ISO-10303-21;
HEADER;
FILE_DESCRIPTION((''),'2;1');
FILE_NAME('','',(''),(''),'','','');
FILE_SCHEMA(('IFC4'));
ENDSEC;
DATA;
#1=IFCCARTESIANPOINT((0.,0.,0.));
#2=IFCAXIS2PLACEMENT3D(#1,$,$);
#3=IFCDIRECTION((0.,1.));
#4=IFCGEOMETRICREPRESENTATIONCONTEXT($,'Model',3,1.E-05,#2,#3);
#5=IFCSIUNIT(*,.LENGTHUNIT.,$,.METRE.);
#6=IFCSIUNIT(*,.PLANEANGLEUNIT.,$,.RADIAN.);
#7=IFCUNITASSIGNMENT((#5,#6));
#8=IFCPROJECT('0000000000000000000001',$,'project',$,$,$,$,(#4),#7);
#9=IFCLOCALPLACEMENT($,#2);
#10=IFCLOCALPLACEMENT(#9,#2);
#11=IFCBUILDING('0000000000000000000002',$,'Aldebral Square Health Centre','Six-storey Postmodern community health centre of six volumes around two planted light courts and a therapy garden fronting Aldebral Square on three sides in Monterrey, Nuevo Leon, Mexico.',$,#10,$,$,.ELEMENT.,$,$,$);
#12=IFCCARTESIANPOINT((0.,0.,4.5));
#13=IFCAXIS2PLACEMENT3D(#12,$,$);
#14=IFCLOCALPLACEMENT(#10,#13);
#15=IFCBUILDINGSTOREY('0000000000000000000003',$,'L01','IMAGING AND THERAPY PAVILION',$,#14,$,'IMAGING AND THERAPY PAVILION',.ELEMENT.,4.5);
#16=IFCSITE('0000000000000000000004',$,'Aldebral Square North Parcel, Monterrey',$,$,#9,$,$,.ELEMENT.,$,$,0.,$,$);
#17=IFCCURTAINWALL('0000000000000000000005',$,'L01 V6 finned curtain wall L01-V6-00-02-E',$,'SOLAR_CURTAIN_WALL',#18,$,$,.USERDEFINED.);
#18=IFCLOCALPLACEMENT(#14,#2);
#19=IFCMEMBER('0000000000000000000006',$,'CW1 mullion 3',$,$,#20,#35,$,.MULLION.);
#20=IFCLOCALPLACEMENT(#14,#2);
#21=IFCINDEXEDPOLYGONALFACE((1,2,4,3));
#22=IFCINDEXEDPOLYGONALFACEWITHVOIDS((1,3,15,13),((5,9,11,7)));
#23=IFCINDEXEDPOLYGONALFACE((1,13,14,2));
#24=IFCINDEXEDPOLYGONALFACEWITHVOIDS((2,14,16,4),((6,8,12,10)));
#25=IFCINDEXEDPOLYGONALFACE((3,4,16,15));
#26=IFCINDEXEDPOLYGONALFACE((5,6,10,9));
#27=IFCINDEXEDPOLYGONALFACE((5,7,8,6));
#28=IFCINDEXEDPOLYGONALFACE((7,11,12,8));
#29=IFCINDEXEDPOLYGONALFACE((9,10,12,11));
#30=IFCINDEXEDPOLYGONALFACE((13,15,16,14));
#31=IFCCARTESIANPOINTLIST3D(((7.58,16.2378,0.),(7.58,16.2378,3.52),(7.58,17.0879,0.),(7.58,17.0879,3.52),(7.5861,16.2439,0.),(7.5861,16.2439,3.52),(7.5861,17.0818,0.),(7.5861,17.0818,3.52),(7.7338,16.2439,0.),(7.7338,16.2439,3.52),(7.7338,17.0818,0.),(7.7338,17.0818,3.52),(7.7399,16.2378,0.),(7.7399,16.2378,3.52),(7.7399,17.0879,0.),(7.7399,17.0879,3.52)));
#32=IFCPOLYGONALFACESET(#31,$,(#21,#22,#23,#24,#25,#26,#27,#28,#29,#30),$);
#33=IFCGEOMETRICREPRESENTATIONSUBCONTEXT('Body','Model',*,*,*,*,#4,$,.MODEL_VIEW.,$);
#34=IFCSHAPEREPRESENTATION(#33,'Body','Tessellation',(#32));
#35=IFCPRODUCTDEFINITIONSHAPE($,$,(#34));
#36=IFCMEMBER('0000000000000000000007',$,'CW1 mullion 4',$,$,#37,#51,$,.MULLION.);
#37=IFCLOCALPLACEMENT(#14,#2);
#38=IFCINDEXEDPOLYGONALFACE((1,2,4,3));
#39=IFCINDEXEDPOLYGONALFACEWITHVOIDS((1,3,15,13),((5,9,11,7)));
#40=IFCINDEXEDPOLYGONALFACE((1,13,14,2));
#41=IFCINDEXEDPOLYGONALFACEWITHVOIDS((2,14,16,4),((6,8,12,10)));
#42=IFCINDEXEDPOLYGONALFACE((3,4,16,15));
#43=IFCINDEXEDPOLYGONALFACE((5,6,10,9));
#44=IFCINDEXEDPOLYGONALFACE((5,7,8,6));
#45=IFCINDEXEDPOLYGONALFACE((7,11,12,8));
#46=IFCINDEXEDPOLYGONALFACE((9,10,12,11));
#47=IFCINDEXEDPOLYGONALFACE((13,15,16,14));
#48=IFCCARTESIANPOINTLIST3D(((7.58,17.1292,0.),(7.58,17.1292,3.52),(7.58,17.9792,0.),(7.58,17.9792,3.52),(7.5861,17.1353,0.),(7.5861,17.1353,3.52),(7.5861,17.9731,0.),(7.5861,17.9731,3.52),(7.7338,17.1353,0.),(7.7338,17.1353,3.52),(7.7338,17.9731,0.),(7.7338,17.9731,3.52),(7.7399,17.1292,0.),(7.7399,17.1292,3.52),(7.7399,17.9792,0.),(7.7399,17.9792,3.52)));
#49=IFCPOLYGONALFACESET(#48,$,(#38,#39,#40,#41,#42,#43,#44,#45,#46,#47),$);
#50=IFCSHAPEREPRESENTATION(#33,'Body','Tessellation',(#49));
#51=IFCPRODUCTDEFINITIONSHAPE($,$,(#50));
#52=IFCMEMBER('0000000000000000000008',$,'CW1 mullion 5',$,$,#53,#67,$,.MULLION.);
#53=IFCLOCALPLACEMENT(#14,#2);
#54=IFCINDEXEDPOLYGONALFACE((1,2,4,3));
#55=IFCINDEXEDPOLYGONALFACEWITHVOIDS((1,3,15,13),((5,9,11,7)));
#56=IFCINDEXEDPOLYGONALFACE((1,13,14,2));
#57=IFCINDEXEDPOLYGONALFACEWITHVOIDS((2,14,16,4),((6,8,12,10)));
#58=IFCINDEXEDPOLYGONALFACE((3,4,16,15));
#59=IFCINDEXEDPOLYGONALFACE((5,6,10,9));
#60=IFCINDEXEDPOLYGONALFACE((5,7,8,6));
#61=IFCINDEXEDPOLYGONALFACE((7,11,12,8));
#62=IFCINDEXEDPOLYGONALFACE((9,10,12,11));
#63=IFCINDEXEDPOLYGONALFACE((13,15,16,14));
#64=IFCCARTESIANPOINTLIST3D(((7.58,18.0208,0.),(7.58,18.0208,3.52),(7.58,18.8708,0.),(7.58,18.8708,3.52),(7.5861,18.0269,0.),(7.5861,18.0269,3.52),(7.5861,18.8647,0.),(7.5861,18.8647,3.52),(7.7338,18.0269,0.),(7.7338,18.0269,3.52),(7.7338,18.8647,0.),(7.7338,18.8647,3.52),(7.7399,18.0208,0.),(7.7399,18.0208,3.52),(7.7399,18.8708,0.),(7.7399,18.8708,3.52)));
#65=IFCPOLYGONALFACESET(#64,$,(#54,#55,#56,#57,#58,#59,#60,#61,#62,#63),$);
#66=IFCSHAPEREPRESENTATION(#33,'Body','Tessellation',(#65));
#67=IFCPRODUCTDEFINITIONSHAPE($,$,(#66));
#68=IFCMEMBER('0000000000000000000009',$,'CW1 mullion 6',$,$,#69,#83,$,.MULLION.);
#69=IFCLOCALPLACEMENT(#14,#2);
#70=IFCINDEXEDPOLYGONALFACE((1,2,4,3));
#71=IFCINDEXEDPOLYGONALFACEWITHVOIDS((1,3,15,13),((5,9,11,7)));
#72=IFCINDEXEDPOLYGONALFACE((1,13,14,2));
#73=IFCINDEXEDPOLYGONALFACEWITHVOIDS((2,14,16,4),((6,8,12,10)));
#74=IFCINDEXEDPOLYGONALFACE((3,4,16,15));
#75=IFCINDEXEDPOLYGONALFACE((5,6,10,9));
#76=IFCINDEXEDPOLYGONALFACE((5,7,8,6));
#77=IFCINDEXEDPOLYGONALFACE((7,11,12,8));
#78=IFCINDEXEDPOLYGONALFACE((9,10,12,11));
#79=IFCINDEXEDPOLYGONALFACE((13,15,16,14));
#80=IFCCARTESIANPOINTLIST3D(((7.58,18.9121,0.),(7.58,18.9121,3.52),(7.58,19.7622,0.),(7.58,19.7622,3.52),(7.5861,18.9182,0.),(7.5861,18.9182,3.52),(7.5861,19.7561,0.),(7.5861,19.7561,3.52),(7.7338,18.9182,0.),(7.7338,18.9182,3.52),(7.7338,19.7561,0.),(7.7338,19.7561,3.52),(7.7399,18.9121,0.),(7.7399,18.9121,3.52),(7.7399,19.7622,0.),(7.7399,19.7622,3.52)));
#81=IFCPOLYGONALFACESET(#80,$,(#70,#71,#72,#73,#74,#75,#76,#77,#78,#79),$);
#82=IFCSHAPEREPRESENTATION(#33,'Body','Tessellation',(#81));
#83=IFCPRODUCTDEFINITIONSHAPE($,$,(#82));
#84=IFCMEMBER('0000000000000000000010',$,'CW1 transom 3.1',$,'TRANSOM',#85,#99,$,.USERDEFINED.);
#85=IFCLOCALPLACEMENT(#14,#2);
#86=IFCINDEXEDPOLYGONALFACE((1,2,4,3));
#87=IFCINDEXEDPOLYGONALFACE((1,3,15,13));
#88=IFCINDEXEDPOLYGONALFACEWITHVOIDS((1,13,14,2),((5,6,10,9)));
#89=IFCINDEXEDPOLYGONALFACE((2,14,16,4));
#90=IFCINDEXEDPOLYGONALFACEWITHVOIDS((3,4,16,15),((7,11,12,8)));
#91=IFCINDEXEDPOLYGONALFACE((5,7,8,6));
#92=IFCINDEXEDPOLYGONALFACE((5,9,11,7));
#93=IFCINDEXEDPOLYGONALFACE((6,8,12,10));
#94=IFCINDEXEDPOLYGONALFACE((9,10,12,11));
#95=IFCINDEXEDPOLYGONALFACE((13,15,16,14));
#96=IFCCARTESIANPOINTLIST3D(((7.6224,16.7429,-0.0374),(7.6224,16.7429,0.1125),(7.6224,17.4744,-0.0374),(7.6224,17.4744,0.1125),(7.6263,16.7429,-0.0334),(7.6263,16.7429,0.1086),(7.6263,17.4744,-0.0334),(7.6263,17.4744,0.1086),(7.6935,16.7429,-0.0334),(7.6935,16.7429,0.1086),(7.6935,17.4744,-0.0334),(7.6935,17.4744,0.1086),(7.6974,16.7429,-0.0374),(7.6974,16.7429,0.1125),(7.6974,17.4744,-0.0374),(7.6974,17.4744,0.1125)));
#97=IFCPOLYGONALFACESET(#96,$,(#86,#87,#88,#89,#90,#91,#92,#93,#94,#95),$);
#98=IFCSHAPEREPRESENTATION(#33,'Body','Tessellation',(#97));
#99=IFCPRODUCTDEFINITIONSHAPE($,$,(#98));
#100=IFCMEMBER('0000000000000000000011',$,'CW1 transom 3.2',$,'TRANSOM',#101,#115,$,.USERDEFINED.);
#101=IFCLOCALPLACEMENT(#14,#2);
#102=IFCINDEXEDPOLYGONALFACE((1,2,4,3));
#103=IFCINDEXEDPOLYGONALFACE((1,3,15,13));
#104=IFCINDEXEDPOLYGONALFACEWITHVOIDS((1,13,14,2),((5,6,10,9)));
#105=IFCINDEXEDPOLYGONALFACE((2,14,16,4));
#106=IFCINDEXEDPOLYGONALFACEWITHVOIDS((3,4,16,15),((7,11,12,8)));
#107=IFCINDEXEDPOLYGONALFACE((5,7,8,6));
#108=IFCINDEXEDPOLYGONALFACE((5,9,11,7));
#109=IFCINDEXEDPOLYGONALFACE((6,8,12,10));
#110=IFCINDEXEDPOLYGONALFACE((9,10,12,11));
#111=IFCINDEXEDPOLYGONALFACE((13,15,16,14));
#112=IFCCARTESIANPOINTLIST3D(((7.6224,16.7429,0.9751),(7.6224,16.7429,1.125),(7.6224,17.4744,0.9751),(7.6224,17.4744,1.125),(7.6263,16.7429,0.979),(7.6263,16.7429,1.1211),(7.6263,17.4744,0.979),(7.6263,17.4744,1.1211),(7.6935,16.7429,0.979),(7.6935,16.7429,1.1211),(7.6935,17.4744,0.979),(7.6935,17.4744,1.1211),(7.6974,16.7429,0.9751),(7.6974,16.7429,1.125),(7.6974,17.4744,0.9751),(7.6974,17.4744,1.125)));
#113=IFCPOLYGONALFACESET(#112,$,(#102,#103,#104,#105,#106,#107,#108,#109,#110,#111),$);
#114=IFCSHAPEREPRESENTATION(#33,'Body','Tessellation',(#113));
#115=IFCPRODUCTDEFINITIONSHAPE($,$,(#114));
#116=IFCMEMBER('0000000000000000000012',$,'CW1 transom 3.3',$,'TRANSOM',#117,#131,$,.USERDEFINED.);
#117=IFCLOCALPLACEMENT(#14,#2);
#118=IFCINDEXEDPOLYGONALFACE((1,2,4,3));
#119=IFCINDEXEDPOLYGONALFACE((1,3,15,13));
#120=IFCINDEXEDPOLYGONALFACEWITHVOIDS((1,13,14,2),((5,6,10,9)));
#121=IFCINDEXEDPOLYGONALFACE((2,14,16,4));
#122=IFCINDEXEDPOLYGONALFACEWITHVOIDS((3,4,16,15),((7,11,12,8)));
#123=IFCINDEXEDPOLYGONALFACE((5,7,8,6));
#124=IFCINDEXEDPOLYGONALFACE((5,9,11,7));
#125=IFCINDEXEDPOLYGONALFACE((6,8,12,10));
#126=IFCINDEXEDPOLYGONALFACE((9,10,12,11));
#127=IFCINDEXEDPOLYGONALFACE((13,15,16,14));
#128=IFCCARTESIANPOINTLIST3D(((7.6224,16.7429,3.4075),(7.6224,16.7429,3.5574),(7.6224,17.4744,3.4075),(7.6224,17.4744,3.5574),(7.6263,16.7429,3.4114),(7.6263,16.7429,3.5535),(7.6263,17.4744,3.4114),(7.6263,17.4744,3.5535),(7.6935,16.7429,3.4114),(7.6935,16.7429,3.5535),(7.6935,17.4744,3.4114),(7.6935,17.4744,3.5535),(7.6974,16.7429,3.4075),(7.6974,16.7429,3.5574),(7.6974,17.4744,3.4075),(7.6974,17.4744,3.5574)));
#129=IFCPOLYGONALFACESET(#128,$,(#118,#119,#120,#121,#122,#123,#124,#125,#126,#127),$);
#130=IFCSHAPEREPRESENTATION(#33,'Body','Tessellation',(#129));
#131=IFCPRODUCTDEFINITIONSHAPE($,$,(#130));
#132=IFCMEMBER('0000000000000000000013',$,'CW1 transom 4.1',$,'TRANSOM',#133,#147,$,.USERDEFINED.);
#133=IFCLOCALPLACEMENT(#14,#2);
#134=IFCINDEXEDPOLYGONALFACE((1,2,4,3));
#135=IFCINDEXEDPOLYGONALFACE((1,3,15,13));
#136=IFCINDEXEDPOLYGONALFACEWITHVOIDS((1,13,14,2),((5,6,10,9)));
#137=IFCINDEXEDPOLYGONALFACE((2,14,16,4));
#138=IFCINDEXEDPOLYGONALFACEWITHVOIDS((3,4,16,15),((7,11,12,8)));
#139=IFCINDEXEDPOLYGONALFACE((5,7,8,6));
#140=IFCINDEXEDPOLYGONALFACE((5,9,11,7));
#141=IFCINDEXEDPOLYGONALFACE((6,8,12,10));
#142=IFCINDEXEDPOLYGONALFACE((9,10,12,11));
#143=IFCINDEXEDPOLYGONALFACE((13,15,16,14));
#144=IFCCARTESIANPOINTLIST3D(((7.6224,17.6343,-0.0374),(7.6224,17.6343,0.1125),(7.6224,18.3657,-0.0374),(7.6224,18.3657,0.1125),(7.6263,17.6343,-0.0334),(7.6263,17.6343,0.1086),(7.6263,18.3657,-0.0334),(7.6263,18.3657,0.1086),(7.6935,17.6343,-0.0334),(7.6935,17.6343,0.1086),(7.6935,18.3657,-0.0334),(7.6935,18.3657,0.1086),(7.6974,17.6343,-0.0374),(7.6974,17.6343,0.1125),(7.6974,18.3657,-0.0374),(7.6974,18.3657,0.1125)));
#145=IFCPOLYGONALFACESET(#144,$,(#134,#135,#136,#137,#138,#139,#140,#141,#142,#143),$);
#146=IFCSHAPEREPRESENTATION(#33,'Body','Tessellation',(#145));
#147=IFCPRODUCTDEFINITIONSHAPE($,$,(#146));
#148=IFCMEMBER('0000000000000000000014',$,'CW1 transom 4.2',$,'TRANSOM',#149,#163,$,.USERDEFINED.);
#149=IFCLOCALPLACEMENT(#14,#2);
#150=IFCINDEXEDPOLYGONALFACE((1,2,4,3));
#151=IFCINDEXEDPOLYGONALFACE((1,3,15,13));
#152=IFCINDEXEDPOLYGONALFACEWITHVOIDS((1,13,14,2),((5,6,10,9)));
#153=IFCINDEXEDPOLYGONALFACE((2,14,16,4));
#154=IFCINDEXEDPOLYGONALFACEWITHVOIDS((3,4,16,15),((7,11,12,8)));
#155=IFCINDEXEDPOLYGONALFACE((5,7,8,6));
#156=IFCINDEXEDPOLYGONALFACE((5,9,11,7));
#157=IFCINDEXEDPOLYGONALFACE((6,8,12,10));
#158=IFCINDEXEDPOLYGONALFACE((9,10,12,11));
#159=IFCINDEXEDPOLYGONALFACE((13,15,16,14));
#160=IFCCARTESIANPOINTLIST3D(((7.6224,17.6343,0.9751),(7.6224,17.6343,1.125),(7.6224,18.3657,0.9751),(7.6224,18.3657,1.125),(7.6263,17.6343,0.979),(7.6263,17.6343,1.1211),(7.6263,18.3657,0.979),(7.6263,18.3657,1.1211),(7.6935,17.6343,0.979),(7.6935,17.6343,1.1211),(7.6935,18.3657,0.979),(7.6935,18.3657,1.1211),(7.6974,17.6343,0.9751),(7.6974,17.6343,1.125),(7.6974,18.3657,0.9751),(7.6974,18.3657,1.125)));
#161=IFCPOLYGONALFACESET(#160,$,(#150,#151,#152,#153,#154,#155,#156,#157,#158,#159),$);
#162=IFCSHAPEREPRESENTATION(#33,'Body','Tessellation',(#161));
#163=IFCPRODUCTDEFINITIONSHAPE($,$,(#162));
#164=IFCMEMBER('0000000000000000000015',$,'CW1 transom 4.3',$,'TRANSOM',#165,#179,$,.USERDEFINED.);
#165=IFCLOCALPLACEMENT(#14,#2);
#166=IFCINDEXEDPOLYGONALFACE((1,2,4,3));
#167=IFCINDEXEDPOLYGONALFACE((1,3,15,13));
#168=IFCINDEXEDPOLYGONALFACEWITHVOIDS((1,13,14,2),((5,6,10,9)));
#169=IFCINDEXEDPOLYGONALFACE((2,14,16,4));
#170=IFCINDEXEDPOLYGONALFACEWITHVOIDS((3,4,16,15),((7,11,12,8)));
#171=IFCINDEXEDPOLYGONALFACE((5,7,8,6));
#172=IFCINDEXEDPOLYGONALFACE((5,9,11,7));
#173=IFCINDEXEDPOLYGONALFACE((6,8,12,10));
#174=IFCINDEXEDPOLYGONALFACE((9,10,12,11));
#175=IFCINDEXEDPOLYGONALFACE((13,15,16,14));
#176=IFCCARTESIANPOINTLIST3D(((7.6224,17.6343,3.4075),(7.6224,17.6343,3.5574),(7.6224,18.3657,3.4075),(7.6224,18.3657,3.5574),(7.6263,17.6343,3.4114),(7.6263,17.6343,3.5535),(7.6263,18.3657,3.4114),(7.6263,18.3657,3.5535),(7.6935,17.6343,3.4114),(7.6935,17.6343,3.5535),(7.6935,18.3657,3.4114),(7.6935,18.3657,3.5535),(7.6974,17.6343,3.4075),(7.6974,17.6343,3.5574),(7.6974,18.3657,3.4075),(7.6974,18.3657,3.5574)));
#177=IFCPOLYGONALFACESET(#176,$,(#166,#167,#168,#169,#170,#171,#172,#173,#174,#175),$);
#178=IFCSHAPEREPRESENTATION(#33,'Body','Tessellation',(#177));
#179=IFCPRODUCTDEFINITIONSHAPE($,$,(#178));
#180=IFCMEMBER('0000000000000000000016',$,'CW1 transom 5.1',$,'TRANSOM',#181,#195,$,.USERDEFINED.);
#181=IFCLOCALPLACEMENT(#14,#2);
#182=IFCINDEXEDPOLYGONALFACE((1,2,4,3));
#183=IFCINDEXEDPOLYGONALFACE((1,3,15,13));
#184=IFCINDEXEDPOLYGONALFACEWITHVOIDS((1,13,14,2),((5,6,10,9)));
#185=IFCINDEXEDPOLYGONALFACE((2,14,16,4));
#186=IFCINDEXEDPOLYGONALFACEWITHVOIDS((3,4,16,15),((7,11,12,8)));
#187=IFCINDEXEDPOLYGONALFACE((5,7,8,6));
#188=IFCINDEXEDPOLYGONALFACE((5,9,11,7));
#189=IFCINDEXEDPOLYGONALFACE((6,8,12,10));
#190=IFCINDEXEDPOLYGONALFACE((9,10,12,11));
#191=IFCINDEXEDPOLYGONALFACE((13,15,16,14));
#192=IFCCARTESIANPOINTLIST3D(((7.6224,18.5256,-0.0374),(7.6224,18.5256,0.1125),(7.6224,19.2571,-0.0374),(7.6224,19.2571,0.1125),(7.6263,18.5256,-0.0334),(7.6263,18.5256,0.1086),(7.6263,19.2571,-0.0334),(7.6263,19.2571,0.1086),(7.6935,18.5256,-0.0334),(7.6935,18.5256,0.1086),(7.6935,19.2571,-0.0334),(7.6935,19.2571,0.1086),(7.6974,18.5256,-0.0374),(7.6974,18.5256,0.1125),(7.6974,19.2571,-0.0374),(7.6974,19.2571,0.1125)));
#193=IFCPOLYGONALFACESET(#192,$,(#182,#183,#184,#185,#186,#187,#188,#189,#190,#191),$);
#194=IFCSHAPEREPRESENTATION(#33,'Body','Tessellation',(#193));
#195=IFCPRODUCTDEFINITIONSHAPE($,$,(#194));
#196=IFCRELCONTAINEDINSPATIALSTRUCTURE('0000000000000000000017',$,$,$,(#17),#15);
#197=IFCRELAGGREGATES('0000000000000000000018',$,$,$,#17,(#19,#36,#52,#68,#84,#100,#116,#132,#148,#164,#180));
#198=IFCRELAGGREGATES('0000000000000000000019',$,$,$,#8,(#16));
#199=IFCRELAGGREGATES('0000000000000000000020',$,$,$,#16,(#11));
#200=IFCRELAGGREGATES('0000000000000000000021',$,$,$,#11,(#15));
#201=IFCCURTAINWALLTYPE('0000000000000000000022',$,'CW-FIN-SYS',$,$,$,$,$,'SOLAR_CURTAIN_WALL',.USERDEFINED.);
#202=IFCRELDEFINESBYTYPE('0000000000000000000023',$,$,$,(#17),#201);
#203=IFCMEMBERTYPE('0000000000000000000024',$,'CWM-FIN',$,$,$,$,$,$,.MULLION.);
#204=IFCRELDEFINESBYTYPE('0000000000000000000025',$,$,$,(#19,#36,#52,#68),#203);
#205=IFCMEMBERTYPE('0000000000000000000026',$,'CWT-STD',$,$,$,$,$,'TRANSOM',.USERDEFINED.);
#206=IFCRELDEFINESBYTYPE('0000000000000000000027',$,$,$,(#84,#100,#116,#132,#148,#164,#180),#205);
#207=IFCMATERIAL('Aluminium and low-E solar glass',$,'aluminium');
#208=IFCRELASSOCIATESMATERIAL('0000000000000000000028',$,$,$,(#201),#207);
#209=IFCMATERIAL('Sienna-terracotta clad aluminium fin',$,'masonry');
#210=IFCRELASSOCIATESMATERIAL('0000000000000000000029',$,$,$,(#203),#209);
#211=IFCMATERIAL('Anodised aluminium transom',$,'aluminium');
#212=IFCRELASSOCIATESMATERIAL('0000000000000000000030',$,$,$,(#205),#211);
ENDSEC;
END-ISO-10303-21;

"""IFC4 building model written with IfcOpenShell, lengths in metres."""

from ifc_helpers import new_model, si_unit, direction, frame, origin, origin_2d, place, context, subcontext, project, spatial, hollow_rectangle, extrude, material, material_profile, profile_set, type_object, element, aggregate, save


model = new_model("IFC4")

# Units and contexts
model_context = context("Model", 3, precision=1e-05, world=origin(), true_north=direction((0.0, 1.0)))
body_context = subcontext(model_context, "Body", "Model", "MODEL_VIEW")
ifc_project = project(units=[si_unit("LENGTHUNIT", "METRE"), si_unit("PLANEANGLEUNIT", "RADIAN")], contexts=[model_context])

# Site, building, storey
site_placement = place(None, origin())
site = spatial("IfcSite", under=ifc_project, at=site_placement, Name="Aldebral Square North Parcel, Monterrey", CompositionType="ELEMENT", RefElevation=0.0)
building_placement = place(site_placement, origin())
building = spatial("IfcBuilding", under=site, at=building_placement, Name="Aldebral Square Health Centre", Description="Six-storey Postmodern community health centre of six volumes around two planted light courts and a therapy garden fronting Aldebral Square on three sides in Monterrey, Nuevo Leon, Mexico.", CompositionType="ELEMENT")
storey_placement = place(building_placement, frame((0.0, 0.0, 4.5)))
storey = spatial("IfcBuildingStorey", under=building, at=storey_placement, Name="L01", Description="IMAGING AND THERAPY PAVILION", LongName="IMAGING AND THERAPY PAVILION", CompositionType="ELEMENT", Elevation=4.5)

# Curtain wall, members
ifc_material_1 = material(Name="Aluminium and low-E solar glass", Category="aluminium")
curtain_wall_type = type_object("IfcCurtainWallType", Name="CW-FIN-SYS", ElementType="SOLAR_CURTAIN_WALL", PredefinedType="USERDEFINED", material=ifc_material_1)
curtain_wall_placement = place(storey_placement, origin())
curtain_wall = element("IfcCurtainWall", 1, at=curtain_wall_placement, inside=storey, type_object=curtain_wall_type, Name="L01 V6 finned curtain wall L01-V6-00-02-E", ObjectType="SOLAR_CURTAIN_WALL", PredefinedType="USERDEFINED")
ifc_material_2 = material(Name="Sienna-terracotta clad aluminium fin", Category="masonry")
ifc_material_profile_1 = material_profile(ifc_material_2, hollow_rectangle(XDim=0.1599, YDim=0.8501, WallThickness=0.0061, at=origin_2d()), Name="FIN 160x850x6")
ifc_profile_set_1 = profile_set([ifc_material_profile_1], Name="Sienna-terracotta clad aluminium fin")
member_type_1 = type_object("IfcMemberType", Name="CWM-FIN", PredefinedType="MULLION", material=ifc_profile_set_1)
member_1_placement = place(storey_placement, frame((7.6599, 16.6628, 0.0), z_axis=(0.0, 0.0, 1.0), x_axis=(-1.0, 0.0, 0.0)))
member_1 = element("IfcMember", 2, at=member_1_placement, type_object=member_type_1, Name="CW1 mullion 3", PredefinedType="MULLION", context=body_context, shape_type="SweptSolid", body=[
    extrude(hollow_rectangle(XDim=0.1599, YDim=0.8501, WallThickness=0.0061, at=origin_2d()), origin(), (0.0, 0.0, 1.0), 3.52),
])
member_2_placement = place(storey_placement, frame((7.6599, 17.5542, 0.0), z_axis=(0.0, 0.0, 1.0), x_axis=(-1.0, 0.0, 0.0)))
member_2 = element("IfcMember", 3, at=member_2_placement, type_object=member_type_1, Name="CW1 mullion 4", PredefinedType="MULLION", context=body_context, shape_type="SweptSolid", body=[
    extrude(hollow_rectangle(XDim=0.1599, YDim=0.8501, WallThickness=0.0061, at=origin_2d()), origin(), (0.0, 0.0, 1.0), 3.52),
])
member_3_placement = place(storey_placement, frame((7.6599, 18.4458, 0.0), z_axis=(0.0, 0.0, 1.0), x_axis=(-1.0, 0.0, 0.0)))
member_3 = element("IfcMember", 4, at=member_3_placement, type_object=member_type_1, Name="CW1 mullion 5", PredefinedType="MULLION", context=body_context, shape_type="SweptSolid", body=[
    extrude(hollow_rectangle(XDim=0.1599, YDim=0.8501, WallThickness=0.0061, at=origin_2d()), origin(), (0.0, 0.0, 1.0), 3.52),
])
member_4_placement = place(storey_placement, frame((7.6599, 19.3372, 0.0), z_axis=(0.0, 0.0, 1.0), x_axis=(-1.0, 0.0, 0.0)))
member_4 = element("IfcMember", 5, at=member_4_placement, type_object=member_type_1, Name="CW1 mullion 6", PredefinedType="MULLION", context=body_context, shape_type="SweptSolid", body=[
    extrude(hollow_rectangle(XDim=0.1599, YDim=0.8501, WallThickness=0.0061, at=origin_2d()), origin(), (0.0, 0.0, 1.0), 3.52),
])
ifc_material_3 = material(Name="Anodised aluminium transom", Category="aluminium")
ifc_material_profile_2 = material_profile(ifc_material_3, hollow_rectangle(XDim=0.075, YDim=0.1499, WallThickness=0.0039, at=origin_2d()), Name="CWT 75x150x4")
ifc_profile_set_2 = profile_set([ifc_material_profile_2], Name="Anodised aluminium transom")
member_type_2 = type_object("IfcMemberType", Name="CWT-STD", ElementType="TRANSOM", PredefinedType="USERDEFINED", material=ifc_profile_set_2)
member_5_placement = place(storey_placement, frame((7.6599, 16.7429, 0.0376), z_axis=(0.0, 1.0, 0.0), x_axis=(-1.0, 0.0, 0.0)))
member_5 = element("IfcMember", 6, at=member_5_placement, type_object=member_type_2, Name="CW1 transom 3.1", ObjectType="TRANSOM", PredefinedType="USERDEFINED", context=body_context, shape_type="SweptSolid", body=[
    extrude(hollow_rectangle(XDim=0.075, YDim=0.1499, WallThickness=0.0039, at=origin_2d()), origin(), (0.0, 0.0, 1.0), 0.7314),
])
member_6_placement = place(storey_placement, frame((7.6599, 16.7429, 1.05), z_axis=(0.0, 1.0, 0.0), x_axis=(-1.0, 0.0, 0.0)))
member_6 = element("IfcMember", 7, at=member_6_placement, type_object=member_type_2, Name="CW1 transom 3.2", ObjectType="TRANSOM", PredefinedType="USERDEFINED", context=body_context, shape_type="SweptSolid", body=[
    extrude(hollow_rectangle(XDim=0.075, YDim=0.1499, WallThickness=0.0039, at=origin_2d()), origin(), (0.0, 0.0, 1.0), 0.7314),
])
member_7_placement = place(storey_placement, frame((7.6599, 16.7429, 3.4824), z_axis=(0.0, 1.0, 0.0), x_axis=(-1.0, 0.0, 0.0)))
member_7 = element("IfcMember", 8, at=member_7_placement, type_object=member_type_2, Name="CW1 transom 3.3", ObjectType="TRANSOM", PredefinedType="USERDEFINED", context=body_context, shape_type="SweptSolid", body=[
    extrude(hollow_rectangle(XDim=0.075, YDim=0.1499, WallThickness=0.0039, at=origin_2d()), origin(), (0.0, 0.0, 1.0), 0.7314),
])
member_8_placement = place(storey_placement, frame((7.6599, 17.6343, 0.0376), z_axis=(0.0, 1.0, 0.0), x_axis=(-1.0, 0.0, 0.0)))
member_8 = element("IfcMember", 9, at=member_8_placement, type_object=member_type_2, Name="CW1 transom 4.1", ObjectType="TRANSOM", PredefinedType="USERDEFINED", context=body_context, shape_type="SweptSolid", body=[
    extrude(hollow_rectangle(XDim=0.075, YDim=0.1499, WallThickness=0.0039, at=origin_2d()), origin(), (0.0, 0.0, 1.0), 0.7314),
])
member_9_placement = place(storey_placement, frame((7.6599, 17.6343, 1.05), z_axis=(0.0, 1.0, 0.0), x_axis=(-1.0, 0.0, 0.0)))
member_9 = element("IfcMember", 10, at=member_9_placement, type_object=member_type_2, Name="CW1 transom 4.2", ObjectType="TRANSOM", PredefinedType="USERDEFINED", context=body_context, shape_type="SweptSolid", body=[
    extrude(hollow_rectangle(XDim=0.075, YDim=0.1499, WallThickness=0.0039, at=origin_2d()), origin(), (0.0, 0.0, 1.0), 0.7314),
])
member_10_placement = place(storey_placement, frame((7.6599, 17.6343, 3.4824), z_axis=(0.0, 1.0, 0.0), x_axis=(-1.0, 0.0, 0.0)))
member_10 = element("IfcMember", 11, at=member_10_placement, type_object=member_type_2, Name="CW1 transom 4.3", ObjectType="TRANSOM", PredefinedType="USERDEFINED", context=body_context, shape_type="SweptSolid", body=[
    extrude(hollow_rectangle(XDim=0.075, YDim=0.1499, WallThickness=0.0039, at=origin_2d()), origin(), (0.0, 0.0, 1.0), 0.7314),
])
member_11_placement = place(storey_placement, frame((7.6599, 18.5256, 0.0376), z_axis=(0.0, 1.0, 0.0), x_axis=(-1.0, 0.0, 0.0)))
member_11 = element("IfcMember", 12, at=member_11_placement, type_object=member_type_2, Name="CW1 transom 5.1", ObjectType="TRANSOM", PredefinedType="USERDEFINED", context=body_context, shape_type="SweptSolid", body=[
    extrude(hollow_rectangle(XDim=0.075, YDim=0.1499, WallThickness=0.0039, at=origin_2d()), origin(), (0.0, 0.0, 1.0), 0.7314),
])
aggregate(curtain_wall, [member_1, member_2, member_3, member_4, member_5, member_6, member_7, member_8, member_9, member_10, member_11])

save(model, "model.ifc")
